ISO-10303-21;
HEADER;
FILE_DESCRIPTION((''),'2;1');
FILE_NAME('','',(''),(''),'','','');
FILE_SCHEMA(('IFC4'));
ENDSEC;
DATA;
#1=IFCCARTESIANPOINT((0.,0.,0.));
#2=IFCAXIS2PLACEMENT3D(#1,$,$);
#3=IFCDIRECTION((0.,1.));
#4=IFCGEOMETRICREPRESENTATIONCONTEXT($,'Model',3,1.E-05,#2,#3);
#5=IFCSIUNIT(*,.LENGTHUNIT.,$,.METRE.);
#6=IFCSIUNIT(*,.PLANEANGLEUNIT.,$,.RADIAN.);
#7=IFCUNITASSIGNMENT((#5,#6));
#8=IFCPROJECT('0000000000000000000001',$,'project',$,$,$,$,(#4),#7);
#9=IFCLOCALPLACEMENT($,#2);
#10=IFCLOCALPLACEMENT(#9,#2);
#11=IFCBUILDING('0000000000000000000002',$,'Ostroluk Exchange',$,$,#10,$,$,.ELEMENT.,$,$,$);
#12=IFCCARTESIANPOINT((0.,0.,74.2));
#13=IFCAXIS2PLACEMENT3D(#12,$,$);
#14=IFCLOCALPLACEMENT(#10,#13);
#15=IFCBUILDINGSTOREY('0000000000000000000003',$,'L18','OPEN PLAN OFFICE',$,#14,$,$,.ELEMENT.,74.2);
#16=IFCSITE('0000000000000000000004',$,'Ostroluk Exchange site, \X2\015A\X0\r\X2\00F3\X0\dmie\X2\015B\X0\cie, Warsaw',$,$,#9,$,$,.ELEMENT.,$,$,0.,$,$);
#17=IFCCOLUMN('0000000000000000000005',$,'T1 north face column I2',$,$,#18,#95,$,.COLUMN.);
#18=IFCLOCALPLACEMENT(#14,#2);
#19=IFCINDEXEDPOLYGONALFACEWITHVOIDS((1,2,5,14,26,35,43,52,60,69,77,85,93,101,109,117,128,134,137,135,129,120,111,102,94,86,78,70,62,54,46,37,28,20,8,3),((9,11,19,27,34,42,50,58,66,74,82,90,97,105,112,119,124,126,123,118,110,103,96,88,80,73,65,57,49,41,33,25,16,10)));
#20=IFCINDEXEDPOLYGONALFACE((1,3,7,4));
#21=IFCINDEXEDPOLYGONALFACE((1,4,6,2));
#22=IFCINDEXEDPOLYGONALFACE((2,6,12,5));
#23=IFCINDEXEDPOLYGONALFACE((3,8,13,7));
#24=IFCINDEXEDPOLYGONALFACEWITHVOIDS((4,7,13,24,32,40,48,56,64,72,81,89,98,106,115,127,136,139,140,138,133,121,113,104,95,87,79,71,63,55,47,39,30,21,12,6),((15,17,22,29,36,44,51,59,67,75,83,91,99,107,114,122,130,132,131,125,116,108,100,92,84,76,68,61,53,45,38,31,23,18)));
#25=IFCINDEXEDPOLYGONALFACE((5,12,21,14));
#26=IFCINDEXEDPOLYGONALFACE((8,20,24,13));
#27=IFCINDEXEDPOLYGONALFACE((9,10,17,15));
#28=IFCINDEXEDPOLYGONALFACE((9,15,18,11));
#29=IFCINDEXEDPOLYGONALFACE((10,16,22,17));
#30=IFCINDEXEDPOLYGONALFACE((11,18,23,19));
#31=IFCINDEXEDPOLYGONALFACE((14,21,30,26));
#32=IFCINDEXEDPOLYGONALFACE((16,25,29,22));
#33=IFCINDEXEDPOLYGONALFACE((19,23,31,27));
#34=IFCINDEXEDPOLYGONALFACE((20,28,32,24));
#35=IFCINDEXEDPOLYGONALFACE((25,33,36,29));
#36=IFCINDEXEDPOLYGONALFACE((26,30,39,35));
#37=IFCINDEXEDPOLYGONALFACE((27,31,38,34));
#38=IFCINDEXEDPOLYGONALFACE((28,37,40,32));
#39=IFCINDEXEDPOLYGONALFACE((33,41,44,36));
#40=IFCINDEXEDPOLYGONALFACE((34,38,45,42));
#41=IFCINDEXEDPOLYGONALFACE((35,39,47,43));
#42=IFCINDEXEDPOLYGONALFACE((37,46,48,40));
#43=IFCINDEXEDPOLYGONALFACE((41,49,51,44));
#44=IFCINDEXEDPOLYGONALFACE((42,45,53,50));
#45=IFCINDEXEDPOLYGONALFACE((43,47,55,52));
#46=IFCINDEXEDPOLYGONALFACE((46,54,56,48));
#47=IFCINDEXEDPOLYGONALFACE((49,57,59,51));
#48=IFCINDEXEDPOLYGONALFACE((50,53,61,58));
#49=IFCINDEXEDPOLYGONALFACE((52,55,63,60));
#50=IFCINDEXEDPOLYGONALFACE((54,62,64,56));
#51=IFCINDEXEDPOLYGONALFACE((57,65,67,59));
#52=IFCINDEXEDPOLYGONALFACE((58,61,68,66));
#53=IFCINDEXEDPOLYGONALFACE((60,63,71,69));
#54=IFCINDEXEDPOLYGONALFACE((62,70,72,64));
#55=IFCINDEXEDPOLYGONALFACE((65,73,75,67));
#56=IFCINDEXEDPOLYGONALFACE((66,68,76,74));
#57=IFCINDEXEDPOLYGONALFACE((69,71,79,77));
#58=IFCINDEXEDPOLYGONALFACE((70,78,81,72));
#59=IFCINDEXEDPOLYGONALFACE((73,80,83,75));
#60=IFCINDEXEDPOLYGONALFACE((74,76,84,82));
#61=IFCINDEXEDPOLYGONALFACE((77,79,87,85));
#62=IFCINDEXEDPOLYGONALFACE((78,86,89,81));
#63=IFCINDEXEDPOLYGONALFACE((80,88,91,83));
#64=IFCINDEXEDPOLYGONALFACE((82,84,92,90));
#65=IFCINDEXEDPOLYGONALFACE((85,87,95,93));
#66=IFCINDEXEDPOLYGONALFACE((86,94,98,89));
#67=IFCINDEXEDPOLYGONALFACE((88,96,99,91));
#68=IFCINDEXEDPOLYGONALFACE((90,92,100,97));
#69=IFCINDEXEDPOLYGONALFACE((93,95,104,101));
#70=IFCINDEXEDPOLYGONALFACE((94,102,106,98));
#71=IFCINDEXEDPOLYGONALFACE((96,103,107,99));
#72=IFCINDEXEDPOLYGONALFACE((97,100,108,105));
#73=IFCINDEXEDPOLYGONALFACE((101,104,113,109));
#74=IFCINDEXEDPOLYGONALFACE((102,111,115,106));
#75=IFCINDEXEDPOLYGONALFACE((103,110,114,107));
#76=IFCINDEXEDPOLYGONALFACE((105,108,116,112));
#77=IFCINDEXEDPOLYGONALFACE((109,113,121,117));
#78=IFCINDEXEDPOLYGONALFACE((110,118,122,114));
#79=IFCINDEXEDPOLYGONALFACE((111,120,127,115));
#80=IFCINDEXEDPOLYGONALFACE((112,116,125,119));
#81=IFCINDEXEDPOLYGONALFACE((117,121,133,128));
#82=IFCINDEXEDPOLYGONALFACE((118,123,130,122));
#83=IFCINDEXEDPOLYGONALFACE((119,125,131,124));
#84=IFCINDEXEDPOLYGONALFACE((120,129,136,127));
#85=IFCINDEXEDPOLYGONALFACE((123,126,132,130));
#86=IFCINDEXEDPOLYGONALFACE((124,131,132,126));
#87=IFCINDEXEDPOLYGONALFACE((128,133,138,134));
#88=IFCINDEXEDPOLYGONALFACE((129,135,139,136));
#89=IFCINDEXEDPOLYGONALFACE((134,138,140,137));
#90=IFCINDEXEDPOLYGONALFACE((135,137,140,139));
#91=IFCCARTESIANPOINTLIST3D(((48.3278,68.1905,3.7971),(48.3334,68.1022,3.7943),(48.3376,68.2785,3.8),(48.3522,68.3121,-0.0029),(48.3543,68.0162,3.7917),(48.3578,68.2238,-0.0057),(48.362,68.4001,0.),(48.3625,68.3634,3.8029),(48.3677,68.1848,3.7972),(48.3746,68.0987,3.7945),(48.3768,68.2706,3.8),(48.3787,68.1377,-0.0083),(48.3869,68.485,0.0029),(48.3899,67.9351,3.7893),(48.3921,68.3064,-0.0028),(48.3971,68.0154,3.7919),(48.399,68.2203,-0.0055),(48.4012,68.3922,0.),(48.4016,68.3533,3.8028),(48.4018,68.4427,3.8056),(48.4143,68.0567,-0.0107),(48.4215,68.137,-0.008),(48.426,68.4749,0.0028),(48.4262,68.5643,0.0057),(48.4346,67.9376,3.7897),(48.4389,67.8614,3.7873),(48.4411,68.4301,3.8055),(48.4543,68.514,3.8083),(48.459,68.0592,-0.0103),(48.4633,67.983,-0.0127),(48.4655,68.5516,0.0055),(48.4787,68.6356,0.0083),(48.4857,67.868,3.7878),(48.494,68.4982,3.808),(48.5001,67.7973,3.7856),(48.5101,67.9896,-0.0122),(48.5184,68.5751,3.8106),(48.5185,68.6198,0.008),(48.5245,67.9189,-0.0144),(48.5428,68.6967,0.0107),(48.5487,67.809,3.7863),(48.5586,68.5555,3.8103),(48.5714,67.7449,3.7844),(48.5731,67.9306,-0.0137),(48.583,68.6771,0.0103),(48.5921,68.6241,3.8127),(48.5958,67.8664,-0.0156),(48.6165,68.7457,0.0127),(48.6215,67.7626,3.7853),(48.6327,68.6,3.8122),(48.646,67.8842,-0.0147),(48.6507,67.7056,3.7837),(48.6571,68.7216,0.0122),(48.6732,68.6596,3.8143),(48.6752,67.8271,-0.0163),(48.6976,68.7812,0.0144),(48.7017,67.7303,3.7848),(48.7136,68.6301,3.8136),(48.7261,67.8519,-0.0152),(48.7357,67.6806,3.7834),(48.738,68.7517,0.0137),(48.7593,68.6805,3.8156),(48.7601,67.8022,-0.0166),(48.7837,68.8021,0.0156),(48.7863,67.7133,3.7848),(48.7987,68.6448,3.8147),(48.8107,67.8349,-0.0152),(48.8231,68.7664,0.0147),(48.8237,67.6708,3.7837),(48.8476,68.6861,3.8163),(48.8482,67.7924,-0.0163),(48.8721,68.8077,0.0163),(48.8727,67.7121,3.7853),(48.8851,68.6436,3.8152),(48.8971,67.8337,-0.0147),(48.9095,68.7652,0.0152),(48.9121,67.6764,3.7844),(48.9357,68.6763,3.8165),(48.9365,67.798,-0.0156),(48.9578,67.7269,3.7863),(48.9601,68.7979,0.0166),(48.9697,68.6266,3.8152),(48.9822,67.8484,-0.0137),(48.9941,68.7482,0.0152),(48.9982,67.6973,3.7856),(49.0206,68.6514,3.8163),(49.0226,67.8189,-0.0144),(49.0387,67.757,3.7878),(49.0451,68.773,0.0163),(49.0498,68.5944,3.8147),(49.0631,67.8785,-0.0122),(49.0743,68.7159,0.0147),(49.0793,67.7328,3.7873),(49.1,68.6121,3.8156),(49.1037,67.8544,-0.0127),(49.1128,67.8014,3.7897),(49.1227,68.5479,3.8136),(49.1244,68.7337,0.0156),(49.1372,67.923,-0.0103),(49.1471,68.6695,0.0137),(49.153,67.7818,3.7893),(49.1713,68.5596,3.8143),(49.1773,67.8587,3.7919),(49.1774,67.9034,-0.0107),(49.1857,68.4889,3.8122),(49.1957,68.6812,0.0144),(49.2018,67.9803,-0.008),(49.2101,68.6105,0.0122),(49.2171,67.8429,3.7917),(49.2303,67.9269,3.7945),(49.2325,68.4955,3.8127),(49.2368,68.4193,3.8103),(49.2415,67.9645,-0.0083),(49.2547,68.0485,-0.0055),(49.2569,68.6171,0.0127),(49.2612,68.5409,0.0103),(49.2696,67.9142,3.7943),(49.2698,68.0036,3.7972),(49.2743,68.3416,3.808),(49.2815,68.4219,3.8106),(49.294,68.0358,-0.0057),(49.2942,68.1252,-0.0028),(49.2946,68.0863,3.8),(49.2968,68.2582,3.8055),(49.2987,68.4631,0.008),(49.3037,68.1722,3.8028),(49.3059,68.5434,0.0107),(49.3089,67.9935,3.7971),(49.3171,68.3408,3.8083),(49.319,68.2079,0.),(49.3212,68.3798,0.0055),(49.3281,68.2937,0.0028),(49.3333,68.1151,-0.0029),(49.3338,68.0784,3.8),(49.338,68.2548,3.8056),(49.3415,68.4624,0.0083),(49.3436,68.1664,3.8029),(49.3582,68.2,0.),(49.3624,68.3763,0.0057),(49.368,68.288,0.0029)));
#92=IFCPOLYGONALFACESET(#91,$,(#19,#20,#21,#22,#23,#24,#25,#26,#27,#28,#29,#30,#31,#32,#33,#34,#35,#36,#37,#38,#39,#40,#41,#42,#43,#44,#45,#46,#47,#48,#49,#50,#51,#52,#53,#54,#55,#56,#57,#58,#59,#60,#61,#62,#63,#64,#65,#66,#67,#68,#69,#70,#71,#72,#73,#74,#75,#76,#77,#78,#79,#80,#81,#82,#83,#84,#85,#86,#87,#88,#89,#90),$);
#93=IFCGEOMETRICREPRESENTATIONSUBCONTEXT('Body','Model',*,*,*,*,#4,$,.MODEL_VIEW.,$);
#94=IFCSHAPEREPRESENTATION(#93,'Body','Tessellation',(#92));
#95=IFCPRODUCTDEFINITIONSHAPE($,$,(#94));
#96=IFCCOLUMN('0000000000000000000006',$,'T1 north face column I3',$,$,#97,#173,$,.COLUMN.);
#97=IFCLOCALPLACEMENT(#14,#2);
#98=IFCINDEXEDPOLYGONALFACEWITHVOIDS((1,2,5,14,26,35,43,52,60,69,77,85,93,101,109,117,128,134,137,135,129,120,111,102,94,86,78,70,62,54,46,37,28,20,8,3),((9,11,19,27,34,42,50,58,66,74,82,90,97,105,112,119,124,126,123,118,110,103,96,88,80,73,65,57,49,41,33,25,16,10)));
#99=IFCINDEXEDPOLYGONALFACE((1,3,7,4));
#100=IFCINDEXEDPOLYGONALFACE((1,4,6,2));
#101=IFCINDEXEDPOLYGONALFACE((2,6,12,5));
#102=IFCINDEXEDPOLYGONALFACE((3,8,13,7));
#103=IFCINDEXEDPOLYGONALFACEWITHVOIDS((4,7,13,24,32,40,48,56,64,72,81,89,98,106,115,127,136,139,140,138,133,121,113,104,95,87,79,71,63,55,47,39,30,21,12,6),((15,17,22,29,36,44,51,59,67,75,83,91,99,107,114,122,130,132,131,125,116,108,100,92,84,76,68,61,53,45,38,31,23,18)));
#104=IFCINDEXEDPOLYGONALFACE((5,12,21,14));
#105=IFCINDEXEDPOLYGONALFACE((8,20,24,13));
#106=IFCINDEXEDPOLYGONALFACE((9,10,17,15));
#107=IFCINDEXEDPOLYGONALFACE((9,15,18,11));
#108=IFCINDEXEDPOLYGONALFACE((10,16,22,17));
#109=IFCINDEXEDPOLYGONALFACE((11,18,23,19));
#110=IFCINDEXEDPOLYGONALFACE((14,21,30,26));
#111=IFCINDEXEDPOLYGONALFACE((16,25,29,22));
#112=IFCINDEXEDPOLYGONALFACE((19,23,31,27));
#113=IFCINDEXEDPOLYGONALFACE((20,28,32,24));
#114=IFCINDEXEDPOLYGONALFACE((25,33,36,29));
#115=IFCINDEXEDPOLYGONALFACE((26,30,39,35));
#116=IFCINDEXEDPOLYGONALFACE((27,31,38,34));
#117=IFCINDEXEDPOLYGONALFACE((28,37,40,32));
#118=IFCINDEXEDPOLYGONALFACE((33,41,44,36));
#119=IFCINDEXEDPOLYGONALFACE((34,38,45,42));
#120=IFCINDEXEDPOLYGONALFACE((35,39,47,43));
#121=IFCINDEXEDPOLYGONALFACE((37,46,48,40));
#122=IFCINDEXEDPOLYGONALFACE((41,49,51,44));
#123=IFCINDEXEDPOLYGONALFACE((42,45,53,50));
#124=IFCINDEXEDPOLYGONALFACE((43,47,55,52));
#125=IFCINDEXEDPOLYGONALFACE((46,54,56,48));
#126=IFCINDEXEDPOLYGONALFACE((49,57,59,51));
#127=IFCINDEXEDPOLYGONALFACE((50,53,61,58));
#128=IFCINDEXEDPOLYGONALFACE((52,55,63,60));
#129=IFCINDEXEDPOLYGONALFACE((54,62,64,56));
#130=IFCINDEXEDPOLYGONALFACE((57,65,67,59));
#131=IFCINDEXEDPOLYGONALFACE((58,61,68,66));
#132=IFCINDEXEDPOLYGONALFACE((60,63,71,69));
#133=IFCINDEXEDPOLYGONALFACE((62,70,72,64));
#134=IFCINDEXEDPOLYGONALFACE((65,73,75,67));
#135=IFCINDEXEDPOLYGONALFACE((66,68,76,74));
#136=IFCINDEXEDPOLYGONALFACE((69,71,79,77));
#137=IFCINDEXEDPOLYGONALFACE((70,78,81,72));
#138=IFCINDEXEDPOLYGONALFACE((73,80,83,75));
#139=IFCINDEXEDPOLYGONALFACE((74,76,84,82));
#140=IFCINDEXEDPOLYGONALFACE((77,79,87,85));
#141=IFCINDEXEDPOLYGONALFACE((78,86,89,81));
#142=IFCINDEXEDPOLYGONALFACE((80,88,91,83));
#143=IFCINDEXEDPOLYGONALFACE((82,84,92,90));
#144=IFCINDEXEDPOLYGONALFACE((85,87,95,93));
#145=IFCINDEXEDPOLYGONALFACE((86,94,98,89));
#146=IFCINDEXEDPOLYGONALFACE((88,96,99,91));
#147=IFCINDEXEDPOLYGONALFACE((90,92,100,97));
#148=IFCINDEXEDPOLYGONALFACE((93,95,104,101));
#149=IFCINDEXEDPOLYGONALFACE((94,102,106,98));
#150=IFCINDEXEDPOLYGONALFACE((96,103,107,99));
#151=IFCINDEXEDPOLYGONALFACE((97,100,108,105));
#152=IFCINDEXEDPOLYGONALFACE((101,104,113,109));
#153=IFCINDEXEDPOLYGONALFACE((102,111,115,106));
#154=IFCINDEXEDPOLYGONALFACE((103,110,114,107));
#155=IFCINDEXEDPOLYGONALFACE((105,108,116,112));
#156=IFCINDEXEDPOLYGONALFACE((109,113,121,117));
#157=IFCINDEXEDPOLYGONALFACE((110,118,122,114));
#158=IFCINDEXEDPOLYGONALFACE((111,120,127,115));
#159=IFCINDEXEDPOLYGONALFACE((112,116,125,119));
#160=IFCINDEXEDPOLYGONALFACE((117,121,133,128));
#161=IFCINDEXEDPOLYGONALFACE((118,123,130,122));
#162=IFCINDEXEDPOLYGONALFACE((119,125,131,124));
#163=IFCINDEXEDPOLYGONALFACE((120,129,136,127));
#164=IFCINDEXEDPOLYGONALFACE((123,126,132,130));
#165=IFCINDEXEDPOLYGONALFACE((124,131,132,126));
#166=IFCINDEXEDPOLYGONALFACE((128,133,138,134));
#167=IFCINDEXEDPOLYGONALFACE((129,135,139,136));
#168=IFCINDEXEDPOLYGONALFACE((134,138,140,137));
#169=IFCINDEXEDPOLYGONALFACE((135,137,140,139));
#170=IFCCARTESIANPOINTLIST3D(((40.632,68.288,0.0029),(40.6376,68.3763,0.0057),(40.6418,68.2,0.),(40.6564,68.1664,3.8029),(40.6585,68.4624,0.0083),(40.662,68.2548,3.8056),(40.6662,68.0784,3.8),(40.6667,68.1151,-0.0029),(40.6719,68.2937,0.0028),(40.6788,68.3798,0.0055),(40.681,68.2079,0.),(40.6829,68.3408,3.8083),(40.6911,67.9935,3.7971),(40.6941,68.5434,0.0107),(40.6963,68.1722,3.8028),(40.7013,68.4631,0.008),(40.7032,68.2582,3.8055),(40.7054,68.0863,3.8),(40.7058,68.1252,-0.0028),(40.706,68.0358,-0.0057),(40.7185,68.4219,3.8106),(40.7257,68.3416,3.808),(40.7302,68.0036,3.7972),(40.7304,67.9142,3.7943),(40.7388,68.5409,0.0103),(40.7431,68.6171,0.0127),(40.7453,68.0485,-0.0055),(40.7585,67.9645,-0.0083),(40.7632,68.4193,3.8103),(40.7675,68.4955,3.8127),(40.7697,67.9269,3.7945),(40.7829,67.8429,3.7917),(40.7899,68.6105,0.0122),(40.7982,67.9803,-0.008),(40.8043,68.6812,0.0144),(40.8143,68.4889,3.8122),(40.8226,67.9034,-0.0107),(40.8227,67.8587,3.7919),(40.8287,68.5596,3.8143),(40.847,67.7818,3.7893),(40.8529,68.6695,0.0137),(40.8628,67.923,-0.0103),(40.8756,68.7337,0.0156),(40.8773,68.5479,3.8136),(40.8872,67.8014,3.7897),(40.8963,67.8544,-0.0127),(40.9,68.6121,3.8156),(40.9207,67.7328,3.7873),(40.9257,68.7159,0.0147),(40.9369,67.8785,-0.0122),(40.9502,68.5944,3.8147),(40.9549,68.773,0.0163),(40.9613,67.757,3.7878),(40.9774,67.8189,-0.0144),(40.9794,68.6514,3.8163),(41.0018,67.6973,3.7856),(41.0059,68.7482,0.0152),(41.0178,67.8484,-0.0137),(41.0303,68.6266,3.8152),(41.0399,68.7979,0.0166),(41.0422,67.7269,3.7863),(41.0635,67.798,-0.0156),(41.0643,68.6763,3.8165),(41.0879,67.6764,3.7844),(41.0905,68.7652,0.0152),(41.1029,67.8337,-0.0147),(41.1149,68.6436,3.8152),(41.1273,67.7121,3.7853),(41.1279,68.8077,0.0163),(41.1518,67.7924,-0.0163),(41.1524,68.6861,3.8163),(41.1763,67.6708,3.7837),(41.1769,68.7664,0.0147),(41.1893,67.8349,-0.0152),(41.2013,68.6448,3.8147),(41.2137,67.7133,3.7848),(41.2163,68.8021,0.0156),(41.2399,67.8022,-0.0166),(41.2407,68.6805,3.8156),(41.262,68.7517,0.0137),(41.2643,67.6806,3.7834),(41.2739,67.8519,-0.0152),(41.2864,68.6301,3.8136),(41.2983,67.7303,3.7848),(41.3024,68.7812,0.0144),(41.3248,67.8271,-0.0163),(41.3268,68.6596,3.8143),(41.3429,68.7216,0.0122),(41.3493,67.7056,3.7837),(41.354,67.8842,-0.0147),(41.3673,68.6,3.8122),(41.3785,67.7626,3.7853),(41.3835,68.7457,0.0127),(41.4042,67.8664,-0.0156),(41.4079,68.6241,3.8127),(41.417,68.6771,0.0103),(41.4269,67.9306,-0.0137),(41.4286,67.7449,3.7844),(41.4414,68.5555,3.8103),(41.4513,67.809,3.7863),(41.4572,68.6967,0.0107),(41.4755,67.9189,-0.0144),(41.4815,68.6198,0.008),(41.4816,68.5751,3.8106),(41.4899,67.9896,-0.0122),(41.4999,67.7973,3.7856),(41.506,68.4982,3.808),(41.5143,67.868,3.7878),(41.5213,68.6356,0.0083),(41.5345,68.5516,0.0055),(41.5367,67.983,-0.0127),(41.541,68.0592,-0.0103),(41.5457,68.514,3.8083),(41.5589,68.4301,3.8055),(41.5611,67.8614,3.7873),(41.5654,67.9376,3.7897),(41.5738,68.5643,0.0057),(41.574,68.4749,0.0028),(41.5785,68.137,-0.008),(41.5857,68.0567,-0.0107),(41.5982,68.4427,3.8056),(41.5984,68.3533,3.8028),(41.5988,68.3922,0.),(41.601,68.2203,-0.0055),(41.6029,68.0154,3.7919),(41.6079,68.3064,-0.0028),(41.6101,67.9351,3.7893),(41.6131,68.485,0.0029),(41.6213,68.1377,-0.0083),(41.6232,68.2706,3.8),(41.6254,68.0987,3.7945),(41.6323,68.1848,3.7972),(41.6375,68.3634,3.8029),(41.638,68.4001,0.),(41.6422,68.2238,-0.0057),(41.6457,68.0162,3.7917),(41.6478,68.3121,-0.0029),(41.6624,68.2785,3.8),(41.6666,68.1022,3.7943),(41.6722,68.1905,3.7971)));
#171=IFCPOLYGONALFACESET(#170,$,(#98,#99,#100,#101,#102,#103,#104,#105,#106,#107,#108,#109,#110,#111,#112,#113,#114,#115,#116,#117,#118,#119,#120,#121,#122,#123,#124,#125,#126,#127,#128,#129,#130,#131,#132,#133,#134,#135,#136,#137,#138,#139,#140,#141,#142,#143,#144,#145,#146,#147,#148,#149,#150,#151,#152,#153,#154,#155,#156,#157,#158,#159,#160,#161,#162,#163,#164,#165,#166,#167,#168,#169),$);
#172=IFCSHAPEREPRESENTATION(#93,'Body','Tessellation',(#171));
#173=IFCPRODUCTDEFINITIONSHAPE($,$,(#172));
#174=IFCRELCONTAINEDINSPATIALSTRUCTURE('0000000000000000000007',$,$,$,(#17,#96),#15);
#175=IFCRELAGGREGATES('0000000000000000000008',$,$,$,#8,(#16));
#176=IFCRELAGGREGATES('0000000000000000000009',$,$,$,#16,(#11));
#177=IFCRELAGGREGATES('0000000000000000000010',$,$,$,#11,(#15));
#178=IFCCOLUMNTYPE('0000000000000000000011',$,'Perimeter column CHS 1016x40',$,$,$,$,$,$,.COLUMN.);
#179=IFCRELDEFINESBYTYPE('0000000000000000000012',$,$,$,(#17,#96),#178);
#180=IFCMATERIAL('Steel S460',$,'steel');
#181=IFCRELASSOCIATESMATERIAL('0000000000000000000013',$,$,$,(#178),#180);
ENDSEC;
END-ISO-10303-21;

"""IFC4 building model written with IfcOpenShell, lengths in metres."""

from ifc_helpers import new_model, si_unit, direction, frame, origin, origin_2d, place, context, subcontext, project, spatial, hollow_circle, extrude, material, material_profile, profile_set, type_object, element, save


model = new_model("IFC4")

# Units and contexts
model_context = context("Model", 3, precision=1e-05, world=origin(), true_north=direction((0.0, 1.0)))
body_context = subcontext(model_context, "Body", "Model", "MODEL_VIEW")
ifc_project = project(units=[si_unit("LENGTHUNIT", "METRE"), si_unit("PLANEANGLEUNIT", "RADIAN")], contexts=[model_context])

# Site, building, storey
site_placement = place(None, origin())
site = spatial("IfcSite", under=ifc_project, at=site_placement, Name="Ostroluk Exchange site, Śródmieście, Warsaw", CompositionType="ELEMENT", RefElevation=0.0)
building_placement = place(site_placement, origin())
building = spatial("IfcBuilding", under=site, at=building_placement, Name="Ostroluk Exchange", CompositionType="ELEMENT")
storey_placement = place(building_placement, frame((0.0, 0.0, 74.2)))
storey = spatial("IfcBuildingStorey", under=building, at=storey_placement, Name="L18", Description="OPEN PLAN OFFICE", CompositionType="ELEMENT", Elevation=74.2)

# Columns
ifc_material_1 = material(Name="Steel S460", Category="steel")
ifc_material_profile_1 = material_profile(ifc_material_1, hollow_circle(Radius=0.5081, WallThickness=0.04, at=origin_2d()), Name="CHS 1016x40")
ifc_profile_set_1 = profile_set([ifc_material_profile_1], Name="Steel S460")
column_type = type_object("IfcColumnType", Name="Perimeter column CHS 1016x40", PredefinedType="COLUMN", material=ifc_profile_set_1)
for number, where, z_axis, x_axis, name in (
    (1, (48.8601, 68.3, 0.0), (-0.006421, -0.031978, 0.999468), (0.980429, -0.196873, 0.0), "T1 north face column I2"),
    (2, (41.1399, 68.3, 0.0), (0.006421, -0.031978, 0.999468), (0.980429, 0.196873, 0.0), "T1 north face column I3"),
):
    element("IfcColumn", number, at=place(storey_placement, frame(where, z_axis=z_axis, x_axis=x_axis)), inside=storey, type_object=column_type, Name=name, PredefinedType="COLUMN", context=body_context, shape_type="SweptSolid", body=[
        extrude(hollow_circle(Radius=0.5081, WallThickness=0.04, at=origin_2d()), origin(), (0.0, 0.0, 1.0), 3.802),
    ])

save(model, "model.ifc")
